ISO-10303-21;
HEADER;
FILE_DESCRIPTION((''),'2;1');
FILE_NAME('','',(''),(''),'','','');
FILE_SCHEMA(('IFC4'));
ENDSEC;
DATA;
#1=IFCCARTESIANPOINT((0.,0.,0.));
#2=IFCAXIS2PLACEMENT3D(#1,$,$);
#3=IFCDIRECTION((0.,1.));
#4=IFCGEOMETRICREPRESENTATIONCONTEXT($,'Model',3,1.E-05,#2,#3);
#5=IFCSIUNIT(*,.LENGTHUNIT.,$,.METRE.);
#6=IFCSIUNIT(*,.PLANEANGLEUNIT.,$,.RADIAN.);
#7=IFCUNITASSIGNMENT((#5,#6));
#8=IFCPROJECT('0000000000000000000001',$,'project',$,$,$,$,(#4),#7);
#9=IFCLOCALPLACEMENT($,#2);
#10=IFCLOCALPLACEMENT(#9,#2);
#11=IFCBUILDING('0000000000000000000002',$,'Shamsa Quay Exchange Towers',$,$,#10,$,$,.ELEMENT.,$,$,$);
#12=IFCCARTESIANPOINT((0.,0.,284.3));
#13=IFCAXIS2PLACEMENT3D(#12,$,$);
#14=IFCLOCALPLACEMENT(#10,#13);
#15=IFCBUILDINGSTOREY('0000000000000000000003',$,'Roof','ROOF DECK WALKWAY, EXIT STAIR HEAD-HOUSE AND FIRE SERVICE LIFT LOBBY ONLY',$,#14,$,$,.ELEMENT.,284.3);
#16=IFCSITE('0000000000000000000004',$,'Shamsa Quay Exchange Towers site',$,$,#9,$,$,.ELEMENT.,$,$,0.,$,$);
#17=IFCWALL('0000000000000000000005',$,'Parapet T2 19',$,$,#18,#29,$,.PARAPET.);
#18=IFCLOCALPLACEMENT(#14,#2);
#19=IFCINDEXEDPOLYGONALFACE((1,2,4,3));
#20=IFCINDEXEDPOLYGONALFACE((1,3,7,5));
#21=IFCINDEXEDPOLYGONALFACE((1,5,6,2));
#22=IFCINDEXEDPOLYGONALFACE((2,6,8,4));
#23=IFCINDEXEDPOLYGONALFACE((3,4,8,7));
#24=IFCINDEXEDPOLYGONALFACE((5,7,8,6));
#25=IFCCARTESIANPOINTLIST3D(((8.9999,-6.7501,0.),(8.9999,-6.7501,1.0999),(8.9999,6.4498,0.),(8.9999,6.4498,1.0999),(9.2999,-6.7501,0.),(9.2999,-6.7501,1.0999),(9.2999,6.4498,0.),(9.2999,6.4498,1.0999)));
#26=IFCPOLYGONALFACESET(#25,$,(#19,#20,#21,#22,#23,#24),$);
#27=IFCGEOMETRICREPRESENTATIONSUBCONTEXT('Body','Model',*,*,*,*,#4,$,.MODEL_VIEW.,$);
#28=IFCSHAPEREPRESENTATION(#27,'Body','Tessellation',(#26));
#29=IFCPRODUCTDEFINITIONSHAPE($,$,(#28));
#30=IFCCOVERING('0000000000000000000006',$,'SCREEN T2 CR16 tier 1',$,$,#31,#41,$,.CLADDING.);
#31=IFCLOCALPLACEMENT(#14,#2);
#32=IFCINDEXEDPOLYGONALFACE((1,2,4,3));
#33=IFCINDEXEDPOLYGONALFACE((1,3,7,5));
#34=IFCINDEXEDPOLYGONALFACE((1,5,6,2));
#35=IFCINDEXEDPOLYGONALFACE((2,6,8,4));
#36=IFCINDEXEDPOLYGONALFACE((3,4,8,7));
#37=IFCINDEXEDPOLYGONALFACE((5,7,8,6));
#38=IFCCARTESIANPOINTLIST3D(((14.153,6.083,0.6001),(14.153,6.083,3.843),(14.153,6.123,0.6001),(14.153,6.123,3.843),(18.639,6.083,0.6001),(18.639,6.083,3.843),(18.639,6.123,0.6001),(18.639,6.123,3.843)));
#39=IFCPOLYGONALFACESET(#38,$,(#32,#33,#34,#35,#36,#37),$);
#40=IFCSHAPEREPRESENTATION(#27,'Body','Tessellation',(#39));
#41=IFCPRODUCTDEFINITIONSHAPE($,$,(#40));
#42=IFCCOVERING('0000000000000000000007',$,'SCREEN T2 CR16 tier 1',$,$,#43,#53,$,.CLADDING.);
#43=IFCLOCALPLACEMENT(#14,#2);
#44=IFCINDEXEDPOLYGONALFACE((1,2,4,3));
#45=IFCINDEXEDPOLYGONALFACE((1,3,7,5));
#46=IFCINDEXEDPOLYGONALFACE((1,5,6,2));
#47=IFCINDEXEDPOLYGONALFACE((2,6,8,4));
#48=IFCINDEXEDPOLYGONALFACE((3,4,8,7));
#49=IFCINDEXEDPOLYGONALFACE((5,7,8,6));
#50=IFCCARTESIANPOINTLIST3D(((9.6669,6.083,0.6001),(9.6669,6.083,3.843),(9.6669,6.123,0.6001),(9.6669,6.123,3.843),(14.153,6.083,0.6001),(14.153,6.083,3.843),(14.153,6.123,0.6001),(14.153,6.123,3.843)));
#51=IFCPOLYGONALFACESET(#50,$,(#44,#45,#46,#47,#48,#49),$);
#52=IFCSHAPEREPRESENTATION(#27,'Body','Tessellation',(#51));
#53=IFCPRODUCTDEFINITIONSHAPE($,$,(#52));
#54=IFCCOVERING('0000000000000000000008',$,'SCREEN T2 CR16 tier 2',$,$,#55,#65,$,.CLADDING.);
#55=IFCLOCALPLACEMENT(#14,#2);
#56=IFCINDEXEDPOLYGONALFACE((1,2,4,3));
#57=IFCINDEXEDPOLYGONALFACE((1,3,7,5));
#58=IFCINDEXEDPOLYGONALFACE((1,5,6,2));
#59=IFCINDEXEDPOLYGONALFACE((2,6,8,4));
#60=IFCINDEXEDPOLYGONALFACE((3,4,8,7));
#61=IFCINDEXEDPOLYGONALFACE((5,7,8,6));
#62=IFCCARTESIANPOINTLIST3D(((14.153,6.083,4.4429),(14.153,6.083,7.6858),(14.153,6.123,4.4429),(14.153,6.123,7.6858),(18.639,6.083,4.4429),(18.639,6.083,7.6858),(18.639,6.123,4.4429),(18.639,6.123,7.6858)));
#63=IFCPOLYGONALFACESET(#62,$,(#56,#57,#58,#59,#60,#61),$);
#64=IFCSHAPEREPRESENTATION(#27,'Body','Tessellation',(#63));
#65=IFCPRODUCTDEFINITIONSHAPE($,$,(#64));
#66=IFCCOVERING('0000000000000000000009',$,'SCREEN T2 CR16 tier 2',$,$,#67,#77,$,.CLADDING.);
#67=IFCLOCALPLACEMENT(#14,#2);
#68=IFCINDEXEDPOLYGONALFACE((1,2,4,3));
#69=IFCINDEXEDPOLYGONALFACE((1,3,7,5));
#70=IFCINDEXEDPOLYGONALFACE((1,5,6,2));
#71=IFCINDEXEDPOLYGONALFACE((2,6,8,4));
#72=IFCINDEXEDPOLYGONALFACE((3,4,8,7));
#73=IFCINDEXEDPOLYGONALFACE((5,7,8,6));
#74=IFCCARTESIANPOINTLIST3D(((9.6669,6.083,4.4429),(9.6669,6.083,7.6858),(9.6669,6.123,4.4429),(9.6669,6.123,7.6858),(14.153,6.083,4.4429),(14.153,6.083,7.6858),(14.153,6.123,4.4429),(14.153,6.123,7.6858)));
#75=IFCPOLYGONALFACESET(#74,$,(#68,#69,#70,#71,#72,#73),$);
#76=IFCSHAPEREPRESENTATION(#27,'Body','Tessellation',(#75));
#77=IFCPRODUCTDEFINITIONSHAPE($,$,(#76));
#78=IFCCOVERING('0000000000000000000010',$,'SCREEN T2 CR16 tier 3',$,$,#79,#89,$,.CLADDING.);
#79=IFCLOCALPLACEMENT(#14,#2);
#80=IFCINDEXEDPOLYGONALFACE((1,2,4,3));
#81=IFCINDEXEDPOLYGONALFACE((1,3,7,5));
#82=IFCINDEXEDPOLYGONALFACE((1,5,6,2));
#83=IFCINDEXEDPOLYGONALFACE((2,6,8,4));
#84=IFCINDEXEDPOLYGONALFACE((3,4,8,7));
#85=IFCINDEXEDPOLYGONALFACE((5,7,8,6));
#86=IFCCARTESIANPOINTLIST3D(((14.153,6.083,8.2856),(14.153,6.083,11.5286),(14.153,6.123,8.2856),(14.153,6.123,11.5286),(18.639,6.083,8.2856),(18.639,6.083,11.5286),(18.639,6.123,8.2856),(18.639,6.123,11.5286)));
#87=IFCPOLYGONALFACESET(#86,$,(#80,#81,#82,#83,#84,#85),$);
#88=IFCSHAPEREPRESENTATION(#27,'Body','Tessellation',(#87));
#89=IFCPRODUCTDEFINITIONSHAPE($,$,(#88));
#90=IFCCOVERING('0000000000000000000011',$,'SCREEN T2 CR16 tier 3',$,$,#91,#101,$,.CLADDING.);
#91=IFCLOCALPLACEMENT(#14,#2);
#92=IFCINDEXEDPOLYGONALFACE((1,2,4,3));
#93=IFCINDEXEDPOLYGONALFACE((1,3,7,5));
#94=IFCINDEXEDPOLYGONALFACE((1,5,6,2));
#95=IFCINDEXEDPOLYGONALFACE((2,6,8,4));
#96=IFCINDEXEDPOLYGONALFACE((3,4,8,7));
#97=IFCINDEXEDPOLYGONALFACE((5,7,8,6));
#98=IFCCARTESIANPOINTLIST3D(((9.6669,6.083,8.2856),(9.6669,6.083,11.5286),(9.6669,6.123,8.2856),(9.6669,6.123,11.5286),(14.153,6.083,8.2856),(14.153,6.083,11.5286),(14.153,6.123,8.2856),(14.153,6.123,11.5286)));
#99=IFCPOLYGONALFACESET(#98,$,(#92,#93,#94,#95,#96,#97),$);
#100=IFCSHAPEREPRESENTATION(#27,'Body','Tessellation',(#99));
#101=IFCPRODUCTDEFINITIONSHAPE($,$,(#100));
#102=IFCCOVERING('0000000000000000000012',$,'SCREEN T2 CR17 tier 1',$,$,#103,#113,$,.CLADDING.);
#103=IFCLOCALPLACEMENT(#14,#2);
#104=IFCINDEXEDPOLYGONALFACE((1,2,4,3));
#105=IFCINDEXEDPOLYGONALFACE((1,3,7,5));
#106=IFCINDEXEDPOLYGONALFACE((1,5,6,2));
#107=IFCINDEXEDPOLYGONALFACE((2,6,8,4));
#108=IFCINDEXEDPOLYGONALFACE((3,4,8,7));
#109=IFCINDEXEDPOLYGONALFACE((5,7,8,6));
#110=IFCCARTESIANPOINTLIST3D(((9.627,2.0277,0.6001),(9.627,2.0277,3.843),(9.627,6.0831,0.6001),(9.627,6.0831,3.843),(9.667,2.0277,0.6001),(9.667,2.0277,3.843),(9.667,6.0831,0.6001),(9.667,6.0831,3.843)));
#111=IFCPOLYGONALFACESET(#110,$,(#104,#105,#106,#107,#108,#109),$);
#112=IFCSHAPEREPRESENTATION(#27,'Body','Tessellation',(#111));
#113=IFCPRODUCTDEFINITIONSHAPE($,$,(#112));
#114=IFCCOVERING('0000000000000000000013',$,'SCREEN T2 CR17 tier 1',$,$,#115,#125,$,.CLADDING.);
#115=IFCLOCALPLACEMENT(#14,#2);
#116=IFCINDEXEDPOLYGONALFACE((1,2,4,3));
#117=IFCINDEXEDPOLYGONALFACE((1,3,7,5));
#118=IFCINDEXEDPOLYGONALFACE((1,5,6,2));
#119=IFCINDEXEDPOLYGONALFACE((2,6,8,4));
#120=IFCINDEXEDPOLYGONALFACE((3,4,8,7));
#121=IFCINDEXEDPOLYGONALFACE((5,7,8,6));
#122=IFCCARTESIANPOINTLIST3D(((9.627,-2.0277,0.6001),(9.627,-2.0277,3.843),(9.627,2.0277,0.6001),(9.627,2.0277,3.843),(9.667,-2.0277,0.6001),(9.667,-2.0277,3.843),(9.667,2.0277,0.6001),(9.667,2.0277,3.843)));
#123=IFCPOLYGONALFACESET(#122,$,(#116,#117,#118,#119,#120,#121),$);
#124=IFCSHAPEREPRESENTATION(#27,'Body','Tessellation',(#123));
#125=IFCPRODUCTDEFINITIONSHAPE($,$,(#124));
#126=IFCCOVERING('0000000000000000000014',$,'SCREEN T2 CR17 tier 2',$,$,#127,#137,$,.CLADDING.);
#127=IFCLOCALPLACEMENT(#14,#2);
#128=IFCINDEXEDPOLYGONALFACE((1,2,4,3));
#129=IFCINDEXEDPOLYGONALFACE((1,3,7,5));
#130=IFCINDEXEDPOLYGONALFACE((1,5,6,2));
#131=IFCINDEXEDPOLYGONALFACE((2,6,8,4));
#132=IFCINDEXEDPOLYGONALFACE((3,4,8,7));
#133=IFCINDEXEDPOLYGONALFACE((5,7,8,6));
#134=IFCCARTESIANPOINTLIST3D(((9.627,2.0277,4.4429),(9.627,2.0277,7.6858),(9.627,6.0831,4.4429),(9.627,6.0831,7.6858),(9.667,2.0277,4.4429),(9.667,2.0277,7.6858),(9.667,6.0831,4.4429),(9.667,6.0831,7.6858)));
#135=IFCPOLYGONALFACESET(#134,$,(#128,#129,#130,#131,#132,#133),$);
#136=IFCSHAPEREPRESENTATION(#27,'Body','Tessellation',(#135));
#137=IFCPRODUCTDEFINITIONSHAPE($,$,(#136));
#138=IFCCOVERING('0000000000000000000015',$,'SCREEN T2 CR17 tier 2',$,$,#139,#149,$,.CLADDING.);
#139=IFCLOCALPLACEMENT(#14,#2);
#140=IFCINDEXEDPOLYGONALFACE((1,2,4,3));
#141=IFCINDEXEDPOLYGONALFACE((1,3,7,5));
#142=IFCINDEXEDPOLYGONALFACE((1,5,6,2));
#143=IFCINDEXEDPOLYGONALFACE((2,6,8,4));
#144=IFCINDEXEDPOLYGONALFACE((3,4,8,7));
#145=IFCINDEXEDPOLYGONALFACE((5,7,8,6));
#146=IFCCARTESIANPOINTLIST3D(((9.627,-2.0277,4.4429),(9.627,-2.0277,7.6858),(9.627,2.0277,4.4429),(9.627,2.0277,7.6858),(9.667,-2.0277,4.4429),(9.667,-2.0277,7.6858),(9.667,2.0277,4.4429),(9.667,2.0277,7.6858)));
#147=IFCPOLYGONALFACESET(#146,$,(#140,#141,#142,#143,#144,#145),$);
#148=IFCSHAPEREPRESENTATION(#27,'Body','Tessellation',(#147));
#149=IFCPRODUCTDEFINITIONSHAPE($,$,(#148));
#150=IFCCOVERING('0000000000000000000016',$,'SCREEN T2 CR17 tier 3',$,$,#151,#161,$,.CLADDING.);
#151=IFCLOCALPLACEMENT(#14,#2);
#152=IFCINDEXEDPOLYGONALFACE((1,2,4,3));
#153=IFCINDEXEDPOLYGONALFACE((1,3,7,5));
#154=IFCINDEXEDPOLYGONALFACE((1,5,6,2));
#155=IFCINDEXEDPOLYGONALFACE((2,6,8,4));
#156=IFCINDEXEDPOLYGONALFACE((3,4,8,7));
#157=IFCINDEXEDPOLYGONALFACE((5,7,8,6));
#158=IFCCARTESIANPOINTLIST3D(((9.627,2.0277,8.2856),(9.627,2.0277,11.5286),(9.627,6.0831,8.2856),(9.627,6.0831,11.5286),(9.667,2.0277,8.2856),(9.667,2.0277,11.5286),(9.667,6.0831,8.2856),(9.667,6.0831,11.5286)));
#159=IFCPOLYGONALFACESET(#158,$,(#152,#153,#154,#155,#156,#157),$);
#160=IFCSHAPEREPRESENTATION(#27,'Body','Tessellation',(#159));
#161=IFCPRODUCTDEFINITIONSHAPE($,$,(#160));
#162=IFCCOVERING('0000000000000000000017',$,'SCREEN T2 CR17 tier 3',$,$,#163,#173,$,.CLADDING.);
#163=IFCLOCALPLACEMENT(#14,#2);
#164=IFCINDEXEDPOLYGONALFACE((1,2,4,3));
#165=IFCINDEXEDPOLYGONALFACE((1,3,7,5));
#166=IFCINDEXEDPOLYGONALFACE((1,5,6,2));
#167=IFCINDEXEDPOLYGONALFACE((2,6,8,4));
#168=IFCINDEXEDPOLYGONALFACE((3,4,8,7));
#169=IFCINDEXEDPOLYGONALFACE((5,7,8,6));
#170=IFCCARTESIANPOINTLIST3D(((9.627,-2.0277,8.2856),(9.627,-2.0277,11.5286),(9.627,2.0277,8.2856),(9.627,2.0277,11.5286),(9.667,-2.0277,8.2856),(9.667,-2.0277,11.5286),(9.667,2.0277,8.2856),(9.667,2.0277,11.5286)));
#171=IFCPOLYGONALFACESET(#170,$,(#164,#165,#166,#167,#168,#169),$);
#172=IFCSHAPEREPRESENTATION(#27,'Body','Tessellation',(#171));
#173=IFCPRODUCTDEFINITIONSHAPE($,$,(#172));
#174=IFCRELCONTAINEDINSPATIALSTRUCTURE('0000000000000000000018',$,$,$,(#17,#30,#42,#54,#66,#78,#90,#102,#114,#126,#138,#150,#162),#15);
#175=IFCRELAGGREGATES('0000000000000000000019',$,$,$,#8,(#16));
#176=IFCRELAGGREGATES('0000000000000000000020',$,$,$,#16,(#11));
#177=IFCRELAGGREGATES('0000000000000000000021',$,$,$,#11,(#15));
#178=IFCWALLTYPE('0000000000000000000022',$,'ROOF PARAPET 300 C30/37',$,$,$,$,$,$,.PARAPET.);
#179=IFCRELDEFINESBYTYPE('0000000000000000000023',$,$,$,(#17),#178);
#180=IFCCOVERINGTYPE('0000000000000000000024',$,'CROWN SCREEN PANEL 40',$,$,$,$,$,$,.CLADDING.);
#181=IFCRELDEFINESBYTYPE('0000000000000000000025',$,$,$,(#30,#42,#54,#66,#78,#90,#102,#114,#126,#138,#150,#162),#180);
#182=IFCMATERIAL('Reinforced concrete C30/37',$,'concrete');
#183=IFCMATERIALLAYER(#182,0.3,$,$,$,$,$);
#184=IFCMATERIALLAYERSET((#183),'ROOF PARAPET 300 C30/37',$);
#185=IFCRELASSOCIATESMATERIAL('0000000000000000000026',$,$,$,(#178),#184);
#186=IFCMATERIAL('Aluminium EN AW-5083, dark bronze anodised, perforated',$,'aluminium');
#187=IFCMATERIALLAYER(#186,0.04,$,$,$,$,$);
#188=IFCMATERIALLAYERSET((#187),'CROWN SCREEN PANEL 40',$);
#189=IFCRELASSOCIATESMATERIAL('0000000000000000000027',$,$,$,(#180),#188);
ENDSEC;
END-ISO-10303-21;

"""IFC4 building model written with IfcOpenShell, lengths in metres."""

from ifc_helpers import new_model, si_unit, direction, frame, frame_2d, origin, origin_2d, place, context, subcontext, project, spatial, rectangle, extrude, material, layer, layer_set, type_object, element, save


model = new_model("IFC4")

# Units and contexts
model_context = context("Model", 3, precision=1e-05, world=origin(), true_north=direction((0.0, 1.0)))
body_context = subcontext(model_context, "Body", "Model", "MODEL_VIEW")
ifc_project = project(units=[si_unit("LENGTHUNIT", "METRE"), si_unit("PLANEANGLEUNIT", "RADIAN")], contexts=[model_context])

# Site, building, storey
site_placement = place(None, origin())
site = spatial("IfcSite", under=ifc_project, at=site_placement, Name="Shamsa Quay Exchange Towers site", CompositionType="ELEMENT", RefElevation=0.0)
building_placement = place(site_placement, origin())
building = spatial("IfcBuilding", under=site, at=building_placement, Name="Shamsa Quay Exchange Towers", CompositionType="ELEMENT")
storey_placement = place(building_placement, frame((0.0, 0.0, 284.3)))
storey = spatial("IfcBuildingStorey", under=building, at=storey_placement, Name="Roof", Description="ROOF DECK WALKWAY, EXIT STAIR HEAD-HOUSE AND FIRE SERVICE LIFT LOBBY ONLY", CompositionType="ELEMENT", Elevation=284.3)

# Wall
ifc_material_1 = material(Name="Reinforced concrete C30/37", Category="concrete")
ifc_layer_1 = layer(ifc_material_1, 0.3)
ifc_layer_set_1 = layer_set([ifc_layer_1], Name="ROOF PARAPET 300 C30/37")
wall_type = type_object("IfcWallType", Name="ROOF PARAPET 300 C30/37", PredefinedType="PARAPET", material=ifc_layer_set_1)
wall_placement = place(storey_placement, frame((9.1499, 6.45, 0.0), z_axis=(0.0, 0.0, 1.0), x_axis=(0.0, -1.0, 0.0)))
element("IfcWall", 1, at=wall_placement, inside=storey, type_object=wall_type, Name="Parapet T2 19", PredefinedType="PARAPET", context=body_context, shape_type="SweptSolid", body=[
    extrude(rectangle(XDim=13.2, YDim=0.3, at=frame_2d((6.6001, 0.0))), origin(), (0.0, 0.0, 1.0), 1.0999),
])

# Coverings
ifc_material_2 = material(Name="Aluminium EN AW-5083, dark bronze anodised, perforated", Category="aluminium")
ifc_layer_2 = layer(ifc_material_2, 0.04)
ifc_layer_set_2 = layer_set([ifc_layer_2], Name="CROWN SCREEN PANEL 40")
covering_type = type_object("IfcCoveringType", Name="CROWN SCREEN PANEL 40", PredefinedType="CLADDING", material=ifc_layer_set_2)
for number, where, z_axis, x_axis, name in (
    (2, (16.396, 6.103, 0.6001), (0.0, 0.0, 1.0), (-1.0, 0.0, 0.0), "SCREEN T2 CR16 tier 1"),
    (3, (11.9099, 6.103, 0.6001), (0.0, 0.0, 1.0), (-1.0, 0.0, 0.0), "SCREEN T2 CR16 tier 1"),
    (4, (16.396, 6.103, 4.4429), (0.0, 0.0, 1.0), (-1.0, 0.0, 0.0), "SCREEN T2 CR16 tier 2"),
    (5, (11.9099, 6.103, 4.4429), (0.0, 0.0, 1.0), (-1.0, 0.0, 0.0), "SCREEN T2 CR16 tier 2"),
    (6, (16.396, 6.103, 8.2856), (0.0, 0.0, 1.0), (-1.0, 0.0, 0.0), "SCREEN T2 CR16 tier 3"),
    (7, (11.9099, 6.103, 8.2856), (0.0, 0.0, 1.0), (-1.0, 0.0, 0.0), "SCREEN T2 CR16 tier 3"),
):
    element("IfcCovering", number, at=place(storey_placement, frame(where, z_axis=z_axis, x_axis=x_axis)), inside=storey, type_object=covering_type, Name=name, PredefinedType="CLADDING", context=body_context, shape_type="SweptSolid", body=[
        extrude(rectangle(XDim=4.4861, YDim=0.04, at=origin_2d()), origin(), (0.0, 0.0, 1.0), 3.2429),
    ])
for number, where, z_axis, x_axis, name in (
    (8, (9.647, 4.0554, 0.6001), (0.0, 0.0, 1.0), (0.0, -1.0, 0.0), "SCREEN T2 CR17 tier 1"),
    (9, (9.647, 0.0, 0.6001), (0.0, 0.0, 1.0), (0.0, -1.0, 0.0), "SCREEN T2 CR17 tier 1"),
    (10, (9.647, 4.0554, 4.4429), (0.0, 0.0, 1.0), (0.0, -1.0, 0.0), "SCREEN T2 CR17 tier 2"),
    (11, (9.647, 0.0, 4.4429), (0.0, 0.0, 1.0), (0.0, -1.0, 0.0), "SCREEN T2 CR17 tier 2"),
    (12, (9.647, 4.0554, 8.2856), (0.0, 0.0, 1.0), (0.0, -1.0, 0.0), "SCREEN T2 CR17 tier 3"),
    (13, (9.647, 0.0, 8.2856), (0.0, 0.0, 1.0), (0.0, -1.0, 0.0), "SCREEN T2 CR17 tier 3"),
):
    element("IfcCovering", number, at=place(storey_placement, frame(where, z_axis=z_axis, x_axis=x_axis)), inside=storey, type_object=covering_type, Name=name, PredefinedType="CLADDING", context=body_context, shape_type="SweptSolid", body=[
        extrude(rectangle(XDim=4.0554, YDim=0.04, at=origin_2d()), origin(), (0.0, 0.0, 1.0), 3.2429),
    ])

save(model, "model.ifc")
